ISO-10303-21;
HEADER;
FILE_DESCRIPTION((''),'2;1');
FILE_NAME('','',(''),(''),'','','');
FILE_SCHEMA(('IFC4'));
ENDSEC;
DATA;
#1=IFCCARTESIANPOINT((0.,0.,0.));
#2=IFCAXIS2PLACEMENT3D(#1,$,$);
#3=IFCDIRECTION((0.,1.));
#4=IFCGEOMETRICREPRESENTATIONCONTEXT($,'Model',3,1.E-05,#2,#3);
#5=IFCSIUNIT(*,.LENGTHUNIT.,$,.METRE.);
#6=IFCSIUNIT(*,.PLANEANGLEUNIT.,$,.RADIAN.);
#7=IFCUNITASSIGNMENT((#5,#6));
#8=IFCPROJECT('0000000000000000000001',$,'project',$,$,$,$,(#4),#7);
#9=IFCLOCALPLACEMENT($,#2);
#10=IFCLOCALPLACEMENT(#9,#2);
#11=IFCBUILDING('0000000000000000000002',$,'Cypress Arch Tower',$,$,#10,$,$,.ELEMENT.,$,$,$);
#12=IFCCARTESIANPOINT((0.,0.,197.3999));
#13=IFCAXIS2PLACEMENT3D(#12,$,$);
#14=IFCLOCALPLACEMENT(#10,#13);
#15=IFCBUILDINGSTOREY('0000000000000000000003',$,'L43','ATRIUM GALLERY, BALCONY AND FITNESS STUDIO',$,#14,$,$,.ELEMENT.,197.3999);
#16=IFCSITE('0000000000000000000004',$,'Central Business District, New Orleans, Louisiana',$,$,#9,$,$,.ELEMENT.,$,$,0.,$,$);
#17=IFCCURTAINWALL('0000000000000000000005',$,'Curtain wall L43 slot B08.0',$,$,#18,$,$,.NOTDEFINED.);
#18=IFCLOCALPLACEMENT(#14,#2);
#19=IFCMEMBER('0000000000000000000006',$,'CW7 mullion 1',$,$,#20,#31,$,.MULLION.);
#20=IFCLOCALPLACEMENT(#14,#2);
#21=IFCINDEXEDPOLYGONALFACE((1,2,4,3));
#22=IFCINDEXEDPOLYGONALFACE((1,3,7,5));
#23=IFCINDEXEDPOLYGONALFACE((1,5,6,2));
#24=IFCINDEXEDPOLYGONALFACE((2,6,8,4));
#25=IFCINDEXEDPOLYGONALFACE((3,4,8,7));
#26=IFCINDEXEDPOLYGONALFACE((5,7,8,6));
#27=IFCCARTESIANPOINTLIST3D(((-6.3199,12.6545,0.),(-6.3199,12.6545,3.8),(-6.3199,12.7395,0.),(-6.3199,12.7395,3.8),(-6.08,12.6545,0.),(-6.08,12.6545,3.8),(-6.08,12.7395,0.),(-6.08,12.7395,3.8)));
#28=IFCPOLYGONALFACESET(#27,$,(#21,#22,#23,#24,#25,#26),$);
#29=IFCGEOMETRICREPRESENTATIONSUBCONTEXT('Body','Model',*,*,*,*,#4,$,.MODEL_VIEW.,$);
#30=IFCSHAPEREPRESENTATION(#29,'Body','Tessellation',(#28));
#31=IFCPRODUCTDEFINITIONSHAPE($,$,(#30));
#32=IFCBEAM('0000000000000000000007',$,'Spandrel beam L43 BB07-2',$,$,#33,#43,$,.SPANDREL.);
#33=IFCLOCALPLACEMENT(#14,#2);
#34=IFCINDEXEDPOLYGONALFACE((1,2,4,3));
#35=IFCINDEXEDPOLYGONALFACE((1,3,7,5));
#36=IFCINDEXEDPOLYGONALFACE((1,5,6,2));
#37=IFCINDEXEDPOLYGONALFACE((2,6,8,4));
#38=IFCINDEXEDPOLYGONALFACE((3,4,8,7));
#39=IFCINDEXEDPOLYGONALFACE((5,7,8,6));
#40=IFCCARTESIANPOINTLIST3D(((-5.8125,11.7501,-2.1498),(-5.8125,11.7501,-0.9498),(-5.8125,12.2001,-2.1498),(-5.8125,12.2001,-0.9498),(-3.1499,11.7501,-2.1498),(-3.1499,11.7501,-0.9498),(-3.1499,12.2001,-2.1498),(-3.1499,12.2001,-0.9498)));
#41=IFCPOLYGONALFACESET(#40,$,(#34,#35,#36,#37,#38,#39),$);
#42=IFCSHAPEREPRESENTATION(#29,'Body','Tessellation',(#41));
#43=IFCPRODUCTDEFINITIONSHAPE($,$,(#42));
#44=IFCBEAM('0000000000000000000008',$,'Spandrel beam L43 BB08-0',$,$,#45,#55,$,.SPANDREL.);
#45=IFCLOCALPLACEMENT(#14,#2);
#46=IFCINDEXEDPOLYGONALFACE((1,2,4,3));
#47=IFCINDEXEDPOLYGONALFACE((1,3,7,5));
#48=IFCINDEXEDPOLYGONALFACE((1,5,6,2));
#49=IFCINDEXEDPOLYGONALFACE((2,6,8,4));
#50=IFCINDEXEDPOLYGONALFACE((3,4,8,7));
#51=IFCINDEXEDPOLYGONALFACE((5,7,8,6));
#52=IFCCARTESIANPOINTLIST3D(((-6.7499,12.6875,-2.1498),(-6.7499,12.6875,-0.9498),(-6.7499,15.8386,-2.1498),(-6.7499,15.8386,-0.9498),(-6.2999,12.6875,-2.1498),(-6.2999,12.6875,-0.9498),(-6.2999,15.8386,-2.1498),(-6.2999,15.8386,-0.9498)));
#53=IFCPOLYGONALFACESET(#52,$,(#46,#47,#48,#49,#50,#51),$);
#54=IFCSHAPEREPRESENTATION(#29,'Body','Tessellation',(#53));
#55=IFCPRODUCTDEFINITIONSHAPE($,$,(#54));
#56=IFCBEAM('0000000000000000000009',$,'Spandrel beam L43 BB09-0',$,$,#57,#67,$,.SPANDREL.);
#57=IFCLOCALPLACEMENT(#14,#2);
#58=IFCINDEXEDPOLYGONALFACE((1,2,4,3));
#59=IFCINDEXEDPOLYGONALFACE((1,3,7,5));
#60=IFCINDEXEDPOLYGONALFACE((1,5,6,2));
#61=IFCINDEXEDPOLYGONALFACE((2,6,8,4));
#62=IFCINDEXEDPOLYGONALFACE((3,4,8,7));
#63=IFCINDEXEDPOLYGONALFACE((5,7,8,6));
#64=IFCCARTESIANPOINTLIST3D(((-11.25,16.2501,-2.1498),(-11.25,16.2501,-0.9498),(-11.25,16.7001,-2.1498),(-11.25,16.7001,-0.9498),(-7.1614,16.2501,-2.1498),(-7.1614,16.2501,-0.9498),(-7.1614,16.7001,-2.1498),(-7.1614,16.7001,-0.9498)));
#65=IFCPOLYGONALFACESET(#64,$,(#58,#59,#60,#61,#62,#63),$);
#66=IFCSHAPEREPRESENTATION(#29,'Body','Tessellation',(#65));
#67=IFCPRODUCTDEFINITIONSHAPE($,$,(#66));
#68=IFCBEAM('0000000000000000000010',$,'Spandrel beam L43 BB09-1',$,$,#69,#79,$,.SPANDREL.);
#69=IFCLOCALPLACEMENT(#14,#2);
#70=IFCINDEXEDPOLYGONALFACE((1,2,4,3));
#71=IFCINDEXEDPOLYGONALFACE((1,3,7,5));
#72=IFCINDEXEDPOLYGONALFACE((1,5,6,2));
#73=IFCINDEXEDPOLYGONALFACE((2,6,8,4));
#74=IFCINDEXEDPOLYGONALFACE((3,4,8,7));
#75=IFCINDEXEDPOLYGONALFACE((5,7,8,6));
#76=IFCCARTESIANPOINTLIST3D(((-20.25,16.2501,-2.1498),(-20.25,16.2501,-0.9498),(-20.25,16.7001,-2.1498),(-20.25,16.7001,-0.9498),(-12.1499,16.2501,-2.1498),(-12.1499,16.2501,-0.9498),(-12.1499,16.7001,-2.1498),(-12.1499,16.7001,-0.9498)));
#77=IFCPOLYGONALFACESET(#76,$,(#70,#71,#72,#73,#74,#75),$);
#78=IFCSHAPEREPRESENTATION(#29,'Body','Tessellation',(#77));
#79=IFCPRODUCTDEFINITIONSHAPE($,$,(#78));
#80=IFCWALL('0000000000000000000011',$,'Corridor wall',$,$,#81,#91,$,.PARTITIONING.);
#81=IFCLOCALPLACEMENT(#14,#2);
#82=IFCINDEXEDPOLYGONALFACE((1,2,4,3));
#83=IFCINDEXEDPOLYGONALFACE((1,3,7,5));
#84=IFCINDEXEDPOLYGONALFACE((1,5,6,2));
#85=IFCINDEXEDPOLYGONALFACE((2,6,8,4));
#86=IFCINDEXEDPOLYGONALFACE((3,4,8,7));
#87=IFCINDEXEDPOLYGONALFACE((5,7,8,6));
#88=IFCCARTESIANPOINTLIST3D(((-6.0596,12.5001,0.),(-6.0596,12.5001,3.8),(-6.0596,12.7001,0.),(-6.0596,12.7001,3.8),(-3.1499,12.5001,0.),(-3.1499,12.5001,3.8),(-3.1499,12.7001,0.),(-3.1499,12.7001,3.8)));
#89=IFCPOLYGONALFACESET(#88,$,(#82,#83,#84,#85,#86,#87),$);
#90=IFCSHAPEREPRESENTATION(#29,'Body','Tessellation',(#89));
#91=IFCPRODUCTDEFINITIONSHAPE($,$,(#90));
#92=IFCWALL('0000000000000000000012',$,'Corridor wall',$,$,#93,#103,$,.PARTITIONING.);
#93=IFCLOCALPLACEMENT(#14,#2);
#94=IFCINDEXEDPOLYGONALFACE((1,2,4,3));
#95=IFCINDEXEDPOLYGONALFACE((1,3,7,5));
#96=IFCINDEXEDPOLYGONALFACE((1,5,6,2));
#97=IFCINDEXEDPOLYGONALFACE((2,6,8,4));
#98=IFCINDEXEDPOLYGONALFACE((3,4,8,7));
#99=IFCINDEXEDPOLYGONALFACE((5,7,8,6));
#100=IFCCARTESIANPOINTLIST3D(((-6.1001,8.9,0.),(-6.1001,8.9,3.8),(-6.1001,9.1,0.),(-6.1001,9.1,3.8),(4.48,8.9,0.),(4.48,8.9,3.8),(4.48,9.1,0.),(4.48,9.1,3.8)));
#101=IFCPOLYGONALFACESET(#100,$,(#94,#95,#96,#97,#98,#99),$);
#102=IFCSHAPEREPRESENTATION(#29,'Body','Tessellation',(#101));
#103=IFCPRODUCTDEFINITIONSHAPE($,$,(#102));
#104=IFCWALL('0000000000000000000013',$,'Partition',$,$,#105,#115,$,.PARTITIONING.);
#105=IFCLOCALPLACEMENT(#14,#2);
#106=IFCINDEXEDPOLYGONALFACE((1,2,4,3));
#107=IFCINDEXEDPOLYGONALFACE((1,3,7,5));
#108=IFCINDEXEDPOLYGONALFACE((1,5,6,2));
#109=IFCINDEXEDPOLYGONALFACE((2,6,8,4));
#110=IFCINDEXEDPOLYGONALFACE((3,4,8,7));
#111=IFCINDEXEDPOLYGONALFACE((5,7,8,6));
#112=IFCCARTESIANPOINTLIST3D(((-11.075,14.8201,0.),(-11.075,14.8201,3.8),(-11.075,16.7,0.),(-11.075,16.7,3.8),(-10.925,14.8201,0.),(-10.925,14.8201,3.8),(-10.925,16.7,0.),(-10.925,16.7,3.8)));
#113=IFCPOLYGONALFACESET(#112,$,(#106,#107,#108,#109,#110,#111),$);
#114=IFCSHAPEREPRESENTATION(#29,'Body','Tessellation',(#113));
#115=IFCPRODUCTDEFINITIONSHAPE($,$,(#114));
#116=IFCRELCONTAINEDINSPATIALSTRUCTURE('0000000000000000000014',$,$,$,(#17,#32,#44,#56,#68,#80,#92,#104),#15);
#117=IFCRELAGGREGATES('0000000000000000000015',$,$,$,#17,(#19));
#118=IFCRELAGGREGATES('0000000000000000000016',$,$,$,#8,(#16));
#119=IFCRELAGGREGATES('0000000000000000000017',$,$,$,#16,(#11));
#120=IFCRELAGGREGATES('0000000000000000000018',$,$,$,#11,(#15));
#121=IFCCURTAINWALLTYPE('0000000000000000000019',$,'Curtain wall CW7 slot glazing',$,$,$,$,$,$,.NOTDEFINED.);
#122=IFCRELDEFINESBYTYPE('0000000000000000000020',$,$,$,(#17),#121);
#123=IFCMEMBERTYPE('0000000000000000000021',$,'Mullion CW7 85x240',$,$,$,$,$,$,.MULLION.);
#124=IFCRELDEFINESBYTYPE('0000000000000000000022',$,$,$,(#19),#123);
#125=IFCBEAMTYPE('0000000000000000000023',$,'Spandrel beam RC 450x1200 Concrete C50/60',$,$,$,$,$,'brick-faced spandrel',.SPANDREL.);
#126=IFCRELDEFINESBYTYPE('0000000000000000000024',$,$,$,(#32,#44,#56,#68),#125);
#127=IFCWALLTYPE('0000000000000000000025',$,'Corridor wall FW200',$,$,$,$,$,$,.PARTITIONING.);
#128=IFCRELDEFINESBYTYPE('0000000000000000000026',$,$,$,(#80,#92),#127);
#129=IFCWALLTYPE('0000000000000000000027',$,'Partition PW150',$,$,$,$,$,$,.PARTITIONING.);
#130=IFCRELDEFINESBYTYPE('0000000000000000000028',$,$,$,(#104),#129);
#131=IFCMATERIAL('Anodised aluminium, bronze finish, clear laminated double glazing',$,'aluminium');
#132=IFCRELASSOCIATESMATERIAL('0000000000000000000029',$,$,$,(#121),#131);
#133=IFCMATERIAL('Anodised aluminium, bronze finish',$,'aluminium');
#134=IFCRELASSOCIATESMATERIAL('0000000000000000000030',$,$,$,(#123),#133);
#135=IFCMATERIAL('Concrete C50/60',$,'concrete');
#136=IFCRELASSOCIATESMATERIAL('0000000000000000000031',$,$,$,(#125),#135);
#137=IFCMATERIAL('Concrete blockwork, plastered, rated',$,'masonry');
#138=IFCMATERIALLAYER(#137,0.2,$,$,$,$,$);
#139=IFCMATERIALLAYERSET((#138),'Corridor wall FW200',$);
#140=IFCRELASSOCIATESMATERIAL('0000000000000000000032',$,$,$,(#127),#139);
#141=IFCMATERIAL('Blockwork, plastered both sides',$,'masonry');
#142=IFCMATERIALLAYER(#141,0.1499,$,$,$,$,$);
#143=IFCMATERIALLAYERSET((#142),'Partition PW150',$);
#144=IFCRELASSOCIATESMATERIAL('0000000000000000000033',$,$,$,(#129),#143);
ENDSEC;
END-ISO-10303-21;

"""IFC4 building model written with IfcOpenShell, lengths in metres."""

from ifc_helpers import new_model, si_unit, direction, frame, frame_2d, origin, origin_2d, place, context, subcontext, project, spatial, rectangle, extrude, material, layer, layer_set, material_profile, profile_set, type_object, element, aggregate, save


model = new_model("IFC4")

# Units and contexts
model_context = context("Model", 3, precision=1e-05, world=origin(), true_north=direction((0.0, 1.0)))
body_context = subcontext(model_context, "Body", "Model", "MODEL_VIEW")
ifc_project = project(units=[si_unit("LENGTHUNIT", "METRE"), si_unit("PLANEANGLEUNIT", "RADIAN")], contexts=[model_context])

# Site, building, storey
site_placement = place(None, origin())
site = spatial("IfcSite", under=ifc_project, at=site_placement, Name="Central Business District, New Orleans, Louisiana", CompositionType="ELEMENT", RefElevation=0.0)
building_placement = place(site_placement, origin())
building = spatial("IfcBuilding", under=site, at=building_placement, Name="Cypress Arch Tower", CompositionType="ELEMENT")
storey_placement = place(building_placement, frame((0.0, 0.0, 197.3999)))
storey = spatial("IfcBuildingStorey", under=building, at=storey_placement, Name="L43", Description="ATRIUM GALLERY, BALCONY AND FITNESS STUDIO", CompositionType="ELEMENT", Elevation=197.3999)

# Shared definitions
ifc_material_1 = material(Name="Anodised aluminium, bronze finish, clear laminated double glazing", Category="aluminium")
curtain_wall_type = type_object("IfcCurtainWallType", Name="Curtain wall CW7 slot glazing", PredefinedType="NOTDEFINED", material=ifc_material_1)
ifc_material_2 = material(Name="Anodised aluminium, bronze finish", Category="aluminium")
ifc_material_profile_1 = material_profile(ifc_material_2, rectangle(XDim=0.24, YDim=0.085, at=origin_2d()), Name="Mullion 85x240")
ifc_profile_set_1 = profile_set([ifc_material_profile_1], Name="Anodised aluminium, bronze finish")
member_type = type_object("IfcMemberType", Name="Mullion CW7 85x240", PredefinedType="MULLION", material=ifc_profile_set_1)

# Curtain wall, member
curtain_wall_1_placement = place(storey_placement, origin())
curtain_wall_1 = element("IfcCurtainWall", 1, at=curtain_wall_1_placement, inside=storey, type_object=curtain_wall_type, Name="Curtain wall L43 slot B08.0", PredefinedType="NOTDEFINED")
member_1_placement = place(storey_placement, frame((-6.2, 12.697, 0.0), z_axis=(0.0, 0.0, 1.0), x_axis=(-1.0, 0.0, 0.0)))
member_1 = element("IfcMember", 2, at=member_1_placement, type_object=member_type, Name="CW7 mullion 1", PredefinedType="MULLION", context=body_context, shape_type="SweptSolid", body=[
    extrude(rectangle(XDim=0.24, YDim=0.085, at=origin_2d()), origin(), (0.0, 0.0, 1.0), 3.8),
])
aggregate(curtain_wall_1, [member_1])

# Beams
ifc_material_3 = material(Name="Concrete C50/60", Category="concrete")
ifc_material_profile_2 = material_profile(ifc_material_3, rectangle(XDim=0.45, YDim=1.2, at=origin_2d()), Name="RC 450x1200")
ifc_profile_set_2 = profile_set([ifc_material_profile_2], Name="Concrete C50/60")
beam_type_1 = type_object("IfcBeamType", Name="Spandrel beam RC 450x1200 Concrete C50/60", ElementType="brick-faced spandrel", PredefinedType="SPANDREL", material=ifc_profile_set_2)
beam_1_placement = place(storey_placement, frame((-3.1499, 11.9751, -1.5498), z_axis=(-1.0, 0.0, 0.0), x_axis=(0.0, -1.0, 0.0)))
element("IfcBeam", 3, at=beam_1_placement, inside=storey, type_object=beam_type_1, Name="Spandrel beam L43 BB07-2", PredefinedType="SPANDREL", context=body_context, shape_type="SweptSolid", body=[
    extrude(rectangle(XDim=0.45, YDim=1.2, at=origin_2d()), origin(), (0.0, 0.0, 1.0), 2.6626),
])
beam_2_placement = place(storey_placement, frame((-6.5249, 12.6875, -1.5498), z_axis=(0.0, 1.0, 0.0), x_axis=(-1.0, 0.0, 0.0)))
element("IfcBeam", 4, at=beam_2_placement, inside=storey, type_object=beam_type_1, Name="Spandrel beam L43 BB08-0", PredefinedType="SPANDREL", context=body_context, shape_type="SweptSolid", body=[
    extrude(rectangle(XDim=0.45, YDim=1.2, at=origin_2d()), origin(), (0.0, 0.0, 1.0), 3.1511),
])
beam_3_placement = place(storey_placement, frame((-7.1614, 16.4751, -1.5498), z_axis=(-1.0, 0.0, 0.0), x_axis=(0.0, -1.0, 0.0)))
element("IfcBeam", 5, at=beam_3_placement, inside=storey, type_object=beam_type_1, Name="Spandrel beam L43 BB09-0", PredefinedType="SPANDREL", context=body_context, shape_type="SweptSolid", body=[
    extrude(rectangle(XDim=0.45, YDim=1.2, at=origin_2d()), origin(), (0.0, 0.0, 1.0), 4.0886),
])
beam_4_placement = place(storey_placement, frame((-12.1499, 16.4751, -1.5498), z_axis=(-1.0, 0.0, 0.0), x_axis=(0.0, -1.0, 0.0)))
element("IfcBeam", 6, at=beam_4_placement, inside=storey, type_object=beam_type_1, Name="Spandrel beam L43 BB09-1", PredefinedType="SPANDREL", context=body_context, shape_type="SweptSolid", body=[
    extrude(rectangle(XDim=0.45, YDim=1.2, at=origin_2d()), origin(), (0.0, 0.0, 1.0), 8.1001),
])

# Shared definitions
ifc_material_4 = material(Name="Concrete blockwork, plastered, rated", Category="masonry")
ifc_layer_1 = layer(ifc_material_4, 0.2)
ifc_layer_set_1 = layer_set([ifc_layer_1], Name="Corridor wall FW200")
wall_type_1 = type_object("IfcWallType", Name="Corridor wall FW200", PredefinedType="PARTITIONING", material=ifc_layer_set_1)

# Walls
wall_1_placement = place(storey_placement, frame((-6.0596, 12.6001, 0.0), z_axis=(0.0, 0.0, 1.0), x_axis=(1.0, 0.0, 0.0)))
element("IfcWall", 7, at=wall_1_placement, inside=storey, type_object=wall_type_1, Name="Corridor wall", PredefinedType="PARTITIONING", context=body_context, shape_type="SweptSolid", body=[
    extrude(rectangle(XDim=2.9097, YDim=0.2, at=frame_2d((1.4548, 0.0))), origin(), (0.0, 0.0, 1.0), 3.8),
])
wall_2_placement = place(storey_placement, frame((-6.1001, 9.0, 0.0), z_axis=(0.0, 0.0, 1.0), x_axis=(1.0, 0.0, 0.0)))
element("IfcWall", 8, at=wall_2_placement, inside=storey, type_object=wall_type_1, Name="Corridor wall", PredefinedType="PARTITIONING", context=body_context, shape_type="SweptSolid", body=[
    extrude(rectangle(XDim=10.5801, YDim=0.2, at=frame_2d((5.29, 0.0))), origin(), (0.0, 0.0, 1.0), 3.8),
])
ifc_material_5 = material(Name="Blockwork, plastered both sides", Category="masonry")
ifc_layer_2 = layer(ifc_material_5, 0.1499)
ifc_layer_set_2 = layer_set([ifc_layer_2], Name="Partition PW150")
wall_type_2 = type_object("IfcWallType", Name="Partition PW150", PredefinedType="PARTITIONING", material=ifc_layer_set_2)
wall_3_placement = place(storey_placement, frame((-11.0, 14.8201, 0.0), z_axis=(0.0, 0.0, 1.0), x_axis=(0.0, 1.0, 0.0)))
element("IfcWall", 9, at=wall_3_placement, inside=storey, type_object=wall_type_2, Name="Partition", PredefinedType="PARTITIONING", context=body_context, shape_type="SweptSolid", body=[
    extrude(rectangle(XDim=1.8799, YDim=0.1499, at=frame_2d((0.9399, 0.0))), origin(), (0.0, 0.0, 1.0), 3.8),
])

save(model, "model.ifc")
